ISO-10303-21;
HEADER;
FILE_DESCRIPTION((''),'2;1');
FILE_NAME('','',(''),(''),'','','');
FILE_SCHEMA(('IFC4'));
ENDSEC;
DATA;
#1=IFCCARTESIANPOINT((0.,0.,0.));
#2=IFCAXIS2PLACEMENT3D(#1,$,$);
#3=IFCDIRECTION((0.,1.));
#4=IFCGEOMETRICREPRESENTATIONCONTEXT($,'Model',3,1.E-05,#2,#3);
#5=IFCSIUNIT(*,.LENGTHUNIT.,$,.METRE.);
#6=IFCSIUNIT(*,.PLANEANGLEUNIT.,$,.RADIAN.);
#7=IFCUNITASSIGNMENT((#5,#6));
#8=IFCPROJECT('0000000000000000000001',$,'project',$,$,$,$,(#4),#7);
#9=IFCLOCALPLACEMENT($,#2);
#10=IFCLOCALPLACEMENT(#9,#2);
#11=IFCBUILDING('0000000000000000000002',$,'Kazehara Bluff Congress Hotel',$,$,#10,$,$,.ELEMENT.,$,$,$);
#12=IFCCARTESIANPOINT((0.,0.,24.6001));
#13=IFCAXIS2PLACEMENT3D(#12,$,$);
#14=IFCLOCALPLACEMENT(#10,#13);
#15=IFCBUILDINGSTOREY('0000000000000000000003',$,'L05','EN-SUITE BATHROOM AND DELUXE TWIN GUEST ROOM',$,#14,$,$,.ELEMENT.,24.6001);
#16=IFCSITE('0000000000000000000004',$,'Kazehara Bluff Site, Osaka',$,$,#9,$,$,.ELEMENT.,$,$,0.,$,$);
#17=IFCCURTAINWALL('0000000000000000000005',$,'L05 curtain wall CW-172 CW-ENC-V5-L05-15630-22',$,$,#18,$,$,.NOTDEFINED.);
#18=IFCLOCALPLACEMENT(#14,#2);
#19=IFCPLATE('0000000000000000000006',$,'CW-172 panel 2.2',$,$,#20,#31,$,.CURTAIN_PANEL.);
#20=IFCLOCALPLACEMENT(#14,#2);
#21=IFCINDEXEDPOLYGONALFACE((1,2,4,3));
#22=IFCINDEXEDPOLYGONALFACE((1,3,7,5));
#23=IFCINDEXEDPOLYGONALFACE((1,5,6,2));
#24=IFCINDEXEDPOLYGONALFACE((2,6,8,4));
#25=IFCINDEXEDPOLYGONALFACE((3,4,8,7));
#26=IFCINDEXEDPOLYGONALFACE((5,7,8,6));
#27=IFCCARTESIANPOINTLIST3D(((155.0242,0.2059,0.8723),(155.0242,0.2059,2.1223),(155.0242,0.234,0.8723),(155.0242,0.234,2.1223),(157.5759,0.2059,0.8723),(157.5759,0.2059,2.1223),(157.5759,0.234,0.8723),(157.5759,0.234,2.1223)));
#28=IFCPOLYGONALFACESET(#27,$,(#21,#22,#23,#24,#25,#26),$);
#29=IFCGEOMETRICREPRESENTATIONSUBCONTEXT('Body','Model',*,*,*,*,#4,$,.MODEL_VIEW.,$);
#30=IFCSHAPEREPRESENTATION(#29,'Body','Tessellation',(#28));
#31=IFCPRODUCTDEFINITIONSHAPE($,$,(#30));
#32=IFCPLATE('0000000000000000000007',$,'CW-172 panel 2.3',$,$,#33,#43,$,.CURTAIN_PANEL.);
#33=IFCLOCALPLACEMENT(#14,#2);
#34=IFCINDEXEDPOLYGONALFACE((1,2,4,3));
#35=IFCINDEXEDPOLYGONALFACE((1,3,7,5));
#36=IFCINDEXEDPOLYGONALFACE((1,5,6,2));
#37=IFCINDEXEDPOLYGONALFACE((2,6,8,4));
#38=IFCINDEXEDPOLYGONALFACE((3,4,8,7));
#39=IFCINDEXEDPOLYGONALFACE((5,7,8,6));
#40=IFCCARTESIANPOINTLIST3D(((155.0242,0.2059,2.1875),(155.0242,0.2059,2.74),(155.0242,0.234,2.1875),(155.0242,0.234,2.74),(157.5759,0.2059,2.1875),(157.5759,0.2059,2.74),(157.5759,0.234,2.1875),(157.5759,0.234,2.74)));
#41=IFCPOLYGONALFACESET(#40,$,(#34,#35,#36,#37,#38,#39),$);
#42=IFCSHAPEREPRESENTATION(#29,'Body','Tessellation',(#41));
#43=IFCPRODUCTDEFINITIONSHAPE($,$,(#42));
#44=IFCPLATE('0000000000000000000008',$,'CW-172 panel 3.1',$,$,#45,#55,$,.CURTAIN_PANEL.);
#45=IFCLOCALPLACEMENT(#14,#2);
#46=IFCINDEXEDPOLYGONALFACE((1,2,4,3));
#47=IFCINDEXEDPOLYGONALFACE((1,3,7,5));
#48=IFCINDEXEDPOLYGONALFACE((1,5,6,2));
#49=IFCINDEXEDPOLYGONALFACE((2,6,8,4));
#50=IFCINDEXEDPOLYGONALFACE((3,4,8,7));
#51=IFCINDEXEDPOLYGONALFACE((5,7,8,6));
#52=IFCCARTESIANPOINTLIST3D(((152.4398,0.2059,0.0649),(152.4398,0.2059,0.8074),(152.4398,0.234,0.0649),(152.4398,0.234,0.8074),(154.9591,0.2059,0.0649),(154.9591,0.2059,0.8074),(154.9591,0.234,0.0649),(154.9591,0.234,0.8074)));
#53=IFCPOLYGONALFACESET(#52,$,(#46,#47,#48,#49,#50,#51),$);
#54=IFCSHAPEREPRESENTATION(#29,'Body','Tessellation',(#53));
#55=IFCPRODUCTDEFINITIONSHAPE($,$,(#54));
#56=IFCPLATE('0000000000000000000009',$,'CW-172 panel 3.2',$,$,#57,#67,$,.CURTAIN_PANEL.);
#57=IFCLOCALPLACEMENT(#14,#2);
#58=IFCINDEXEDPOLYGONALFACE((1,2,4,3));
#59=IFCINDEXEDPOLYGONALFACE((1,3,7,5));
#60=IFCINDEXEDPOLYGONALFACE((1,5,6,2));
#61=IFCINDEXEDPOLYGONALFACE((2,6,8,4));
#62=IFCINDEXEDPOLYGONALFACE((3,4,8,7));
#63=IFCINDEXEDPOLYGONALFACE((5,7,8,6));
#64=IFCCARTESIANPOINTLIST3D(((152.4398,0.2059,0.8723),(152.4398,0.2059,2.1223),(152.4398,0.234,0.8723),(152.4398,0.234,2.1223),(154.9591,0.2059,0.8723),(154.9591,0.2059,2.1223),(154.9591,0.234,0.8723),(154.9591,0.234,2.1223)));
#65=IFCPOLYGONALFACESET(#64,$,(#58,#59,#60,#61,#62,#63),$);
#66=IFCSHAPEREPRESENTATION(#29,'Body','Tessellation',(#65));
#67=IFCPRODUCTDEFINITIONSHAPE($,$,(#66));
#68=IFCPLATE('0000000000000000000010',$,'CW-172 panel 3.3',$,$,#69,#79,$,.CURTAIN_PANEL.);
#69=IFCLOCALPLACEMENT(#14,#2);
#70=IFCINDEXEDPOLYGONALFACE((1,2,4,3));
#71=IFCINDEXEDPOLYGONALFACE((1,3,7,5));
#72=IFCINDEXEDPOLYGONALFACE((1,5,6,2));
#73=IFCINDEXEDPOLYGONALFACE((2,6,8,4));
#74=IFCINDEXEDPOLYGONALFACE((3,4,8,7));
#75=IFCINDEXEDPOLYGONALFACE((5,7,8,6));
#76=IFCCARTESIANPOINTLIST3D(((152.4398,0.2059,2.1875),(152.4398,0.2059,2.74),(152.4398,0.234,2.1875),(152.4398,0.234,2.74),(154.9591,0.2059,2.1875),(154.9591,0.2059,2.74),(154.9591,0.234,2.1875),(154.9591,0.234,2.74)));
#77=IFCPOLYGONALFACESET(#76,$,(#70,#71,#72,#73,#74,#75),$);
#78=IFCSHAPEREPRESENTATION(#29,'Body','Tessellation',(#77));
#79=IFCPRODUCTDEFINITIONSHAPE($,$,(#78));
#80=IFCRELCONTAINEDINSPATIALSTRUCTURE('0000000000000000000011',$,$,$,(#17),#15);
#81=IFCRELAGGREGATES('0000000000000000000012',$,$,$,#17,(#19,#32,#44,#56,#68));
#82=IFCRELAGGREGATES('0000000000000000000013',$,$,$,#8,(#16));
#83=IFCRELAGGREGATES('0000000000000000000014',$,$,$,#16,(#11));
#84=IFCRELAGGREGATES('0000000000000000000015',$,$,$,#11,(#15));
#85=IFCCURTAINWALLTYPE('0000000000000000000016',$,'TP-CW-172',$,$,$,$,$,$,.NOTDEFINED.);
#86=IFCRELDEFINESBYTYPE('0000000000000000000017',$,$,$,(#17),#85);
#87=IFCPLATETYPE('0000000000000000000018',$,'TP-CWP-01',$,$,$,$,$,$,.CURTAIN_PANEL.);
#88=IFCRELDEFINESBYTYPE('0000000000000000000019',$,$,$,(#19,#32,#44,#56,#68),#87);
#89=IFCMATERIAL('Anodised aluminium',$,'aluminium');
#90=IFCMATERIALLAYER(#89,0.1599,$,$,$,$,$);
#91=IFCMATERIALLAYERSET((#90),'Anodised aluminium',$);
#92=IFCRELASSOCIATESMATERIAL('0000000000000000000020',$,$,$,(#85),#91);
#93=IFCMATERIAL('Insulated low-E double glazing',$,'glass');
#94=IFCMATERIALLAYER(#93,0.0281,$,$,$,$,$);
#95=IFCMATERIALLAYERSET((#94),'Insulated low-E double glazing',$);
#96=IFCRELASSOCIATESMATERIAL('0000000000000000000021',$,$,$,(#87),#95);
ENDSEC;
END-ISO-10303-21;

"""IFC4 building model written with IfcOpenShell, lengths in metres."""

from ifc_helpers import new_model, si_unit, direction, frame, origin, origin_2d, place, context, subcontext, project, spatial, rectangle, extrude, material, layer, layer_set, type_object, element, aggregate, save


model = new_model("IFC4")

# Units and contexts
model_context = context("Model", 3, precision=1e-05, world=origin(), true_north=direction((0.0, 1.0)))
body_context = subcontext(model_context, "Body", "Model", "MODEL_VIEW")
ifc_project = project(units=[si_unit("LENGTHUNIT", "METRE"), si_unit("PLANEANGLEUNIT", "RADIAN")], contexts=[model_context])

# Site, building, storey
site_placement = place(None, origin())
site = spatial("IfcSite", under=ifc_project, at=site_placement, Name="Kazehara Bluff Site, Osaka", CompositionType="ELEMENT", RefElevation=0.0)
building_placement = place(site_placement, origin())
building = spatial("IfcBuilding", under=site, at=building_placement, Name="Kazehara Bluff Congress Hotel", CompositionType="ELEMENT")
storey_placement = place(building_placement, frame((0.0, 0.0, 24.6001)))
storey = spatial("IfcBuildingStorey", under=building, at=storey_placement, Name="L05", Description="EN-SUITE BATHROOM AND DELUXE TWIN GUEST ROOM", CompositionType="ELEMENT", Elevation=24.6001)

# Curtain wall, plates
ifc_material_1 = material(Name="Anodised aluminium", Category="aluminium")
ifc_layer_1 = layer(ifc_material_1, 0.1599)
ifc_layer_set_1 = layer_set([ifc_layer_1], Name="Anodised aluminium")
curtain_wall_type = type_object("IfcCurtainWallType", Name="TP-CW-172", PredefinedType="NOTDEFINED", material=ifc_layer_set_1)
curtain_wall_placement = place(storey_placement, origin())
curtain_wall = element("IfcCurtainWall", 1, at=curtain_wall_placement, inside=storey, type_object=curtain_wall_type, Name="L05 curtain wall CW-172 CW-ENC-V5-L05-15630-22", PredefinedType="NOTDEFINED")
ifc_material_2 = material(Name="Insulated low-E double glazing", Category="glass")
ifc_layer_2 = layer(ifc_material_2, 0.0281)
ifc_layer_set_2 = layer_set([ifc_layer_2], Name="Insulated low-E double glazing")
plate_type = type_object("IfcPlateType", Name="TP-CWP-01", PredefinedType="CURTAIN_PANEL", material=ifc_layer_set_2)
plate_1_placement = place(storey_placement, frame((156.3, 0.22, 0.8723), z_axis=(0.0, 0.0, 1.0), x_axis=(-1.0, 0.0, 0.0)))
plate_1 = element("IfcPlate", 2, at=plate_1_placement, type_object=plate_type, Name="CW-172 panel 2.2", PredefinedType="CURTAIN_PANEL", context=body_context, shape_type="SweptSolid", body=[
    extrude(rectangle(XDim=2.5518, YDim=0.0281, at=origin_2d()), origin(), (0.0, 0.0, 1.0), 1.25),
])
plate_2_placement = place(storey_placement, frame((156.3, 0.22, 2.1875), z_axis=(0.0, 0.0, 1.0), x_axis=(-1.0, 0.0, 0.0)))
plate_2 = element("IfcPlate", 3, at=plate_2_placement, type_object=plate_type, Name="CW-172 panel 2.3", PredefinedType="CURTAIN_PANEL", context=body_context, shape_type="SweptSolid", body=[
    extrude(rectangle(XDim=2.5518, YDim=0.0281, at=origin_2d()), origin(), (0.0, 0.0, 1.0), 0.5525),
])
plate_3_placement = place(storey_placement, frame((153.6995, 0.22, 0.0649), z_axis=(0.0, 0.0, 1.0), x_axis=(-1.0, 0.0, 0.0)))
plate_3 = element("IfcPlate", 4, at=plate_3_placement, type_object=plate_type, Name="CW-172 panel 3.1", PredefinedType="CURTAIN_PANEL", context=body_context, shape_type="SweptSolid", body=[
    extrude(rectangle(XDim=2.5193, YDim=0.0281, at=origin_2d()), origin(), (0.0, 0.0, 1.0), 0.7424),
])
plate_4_placement = place(storey_placement, frame((153.6995, 0.22, 0.8723), z_axis=(0.0, 0.0, 1.0), x_axis=(-1.0, 0.0, 0.0)))
plate_4 = element("IfcPlate", 5, at=plate_4_placement, type_object=plate_type, Name="CW-172 panel 3.2", PredefinedType="CURTAIN_PANEL", context=body_context, shape_type="SweptSolid", body=[
    extrude(rectangle(XDim=2.5193, YDim=0.0281, at=origin_2d()), origin(), (0.0, 0.0, 1.0), 1.25),
])
plate_5_placement = place(storey_placement, frame((153.6995, 0.22, 2.1875), z_axis=(0.0, 0.0, 1.0), x_axis=(-1.0, 0.0, 0.0)))
plate_5 = element("IfcPlate", 6, at=plate_5_placement, type_object=plate_type, Name="CW-172 panel 3.3", PredefinedType="CURTAIN_PANEL", context=body_context, shape_type="SweptSolid", body=[
    extrude(rectangle(XDim=2.5193, YDim=0.0281, at=origin_2d()), origin(), (0.0, 0.0, 1.0), 0.5525),
])
aggregate(curtain_wall, [plate_1, plate_2, plate_3, plate_4, plate_5])

save(model, "model.ifc")
